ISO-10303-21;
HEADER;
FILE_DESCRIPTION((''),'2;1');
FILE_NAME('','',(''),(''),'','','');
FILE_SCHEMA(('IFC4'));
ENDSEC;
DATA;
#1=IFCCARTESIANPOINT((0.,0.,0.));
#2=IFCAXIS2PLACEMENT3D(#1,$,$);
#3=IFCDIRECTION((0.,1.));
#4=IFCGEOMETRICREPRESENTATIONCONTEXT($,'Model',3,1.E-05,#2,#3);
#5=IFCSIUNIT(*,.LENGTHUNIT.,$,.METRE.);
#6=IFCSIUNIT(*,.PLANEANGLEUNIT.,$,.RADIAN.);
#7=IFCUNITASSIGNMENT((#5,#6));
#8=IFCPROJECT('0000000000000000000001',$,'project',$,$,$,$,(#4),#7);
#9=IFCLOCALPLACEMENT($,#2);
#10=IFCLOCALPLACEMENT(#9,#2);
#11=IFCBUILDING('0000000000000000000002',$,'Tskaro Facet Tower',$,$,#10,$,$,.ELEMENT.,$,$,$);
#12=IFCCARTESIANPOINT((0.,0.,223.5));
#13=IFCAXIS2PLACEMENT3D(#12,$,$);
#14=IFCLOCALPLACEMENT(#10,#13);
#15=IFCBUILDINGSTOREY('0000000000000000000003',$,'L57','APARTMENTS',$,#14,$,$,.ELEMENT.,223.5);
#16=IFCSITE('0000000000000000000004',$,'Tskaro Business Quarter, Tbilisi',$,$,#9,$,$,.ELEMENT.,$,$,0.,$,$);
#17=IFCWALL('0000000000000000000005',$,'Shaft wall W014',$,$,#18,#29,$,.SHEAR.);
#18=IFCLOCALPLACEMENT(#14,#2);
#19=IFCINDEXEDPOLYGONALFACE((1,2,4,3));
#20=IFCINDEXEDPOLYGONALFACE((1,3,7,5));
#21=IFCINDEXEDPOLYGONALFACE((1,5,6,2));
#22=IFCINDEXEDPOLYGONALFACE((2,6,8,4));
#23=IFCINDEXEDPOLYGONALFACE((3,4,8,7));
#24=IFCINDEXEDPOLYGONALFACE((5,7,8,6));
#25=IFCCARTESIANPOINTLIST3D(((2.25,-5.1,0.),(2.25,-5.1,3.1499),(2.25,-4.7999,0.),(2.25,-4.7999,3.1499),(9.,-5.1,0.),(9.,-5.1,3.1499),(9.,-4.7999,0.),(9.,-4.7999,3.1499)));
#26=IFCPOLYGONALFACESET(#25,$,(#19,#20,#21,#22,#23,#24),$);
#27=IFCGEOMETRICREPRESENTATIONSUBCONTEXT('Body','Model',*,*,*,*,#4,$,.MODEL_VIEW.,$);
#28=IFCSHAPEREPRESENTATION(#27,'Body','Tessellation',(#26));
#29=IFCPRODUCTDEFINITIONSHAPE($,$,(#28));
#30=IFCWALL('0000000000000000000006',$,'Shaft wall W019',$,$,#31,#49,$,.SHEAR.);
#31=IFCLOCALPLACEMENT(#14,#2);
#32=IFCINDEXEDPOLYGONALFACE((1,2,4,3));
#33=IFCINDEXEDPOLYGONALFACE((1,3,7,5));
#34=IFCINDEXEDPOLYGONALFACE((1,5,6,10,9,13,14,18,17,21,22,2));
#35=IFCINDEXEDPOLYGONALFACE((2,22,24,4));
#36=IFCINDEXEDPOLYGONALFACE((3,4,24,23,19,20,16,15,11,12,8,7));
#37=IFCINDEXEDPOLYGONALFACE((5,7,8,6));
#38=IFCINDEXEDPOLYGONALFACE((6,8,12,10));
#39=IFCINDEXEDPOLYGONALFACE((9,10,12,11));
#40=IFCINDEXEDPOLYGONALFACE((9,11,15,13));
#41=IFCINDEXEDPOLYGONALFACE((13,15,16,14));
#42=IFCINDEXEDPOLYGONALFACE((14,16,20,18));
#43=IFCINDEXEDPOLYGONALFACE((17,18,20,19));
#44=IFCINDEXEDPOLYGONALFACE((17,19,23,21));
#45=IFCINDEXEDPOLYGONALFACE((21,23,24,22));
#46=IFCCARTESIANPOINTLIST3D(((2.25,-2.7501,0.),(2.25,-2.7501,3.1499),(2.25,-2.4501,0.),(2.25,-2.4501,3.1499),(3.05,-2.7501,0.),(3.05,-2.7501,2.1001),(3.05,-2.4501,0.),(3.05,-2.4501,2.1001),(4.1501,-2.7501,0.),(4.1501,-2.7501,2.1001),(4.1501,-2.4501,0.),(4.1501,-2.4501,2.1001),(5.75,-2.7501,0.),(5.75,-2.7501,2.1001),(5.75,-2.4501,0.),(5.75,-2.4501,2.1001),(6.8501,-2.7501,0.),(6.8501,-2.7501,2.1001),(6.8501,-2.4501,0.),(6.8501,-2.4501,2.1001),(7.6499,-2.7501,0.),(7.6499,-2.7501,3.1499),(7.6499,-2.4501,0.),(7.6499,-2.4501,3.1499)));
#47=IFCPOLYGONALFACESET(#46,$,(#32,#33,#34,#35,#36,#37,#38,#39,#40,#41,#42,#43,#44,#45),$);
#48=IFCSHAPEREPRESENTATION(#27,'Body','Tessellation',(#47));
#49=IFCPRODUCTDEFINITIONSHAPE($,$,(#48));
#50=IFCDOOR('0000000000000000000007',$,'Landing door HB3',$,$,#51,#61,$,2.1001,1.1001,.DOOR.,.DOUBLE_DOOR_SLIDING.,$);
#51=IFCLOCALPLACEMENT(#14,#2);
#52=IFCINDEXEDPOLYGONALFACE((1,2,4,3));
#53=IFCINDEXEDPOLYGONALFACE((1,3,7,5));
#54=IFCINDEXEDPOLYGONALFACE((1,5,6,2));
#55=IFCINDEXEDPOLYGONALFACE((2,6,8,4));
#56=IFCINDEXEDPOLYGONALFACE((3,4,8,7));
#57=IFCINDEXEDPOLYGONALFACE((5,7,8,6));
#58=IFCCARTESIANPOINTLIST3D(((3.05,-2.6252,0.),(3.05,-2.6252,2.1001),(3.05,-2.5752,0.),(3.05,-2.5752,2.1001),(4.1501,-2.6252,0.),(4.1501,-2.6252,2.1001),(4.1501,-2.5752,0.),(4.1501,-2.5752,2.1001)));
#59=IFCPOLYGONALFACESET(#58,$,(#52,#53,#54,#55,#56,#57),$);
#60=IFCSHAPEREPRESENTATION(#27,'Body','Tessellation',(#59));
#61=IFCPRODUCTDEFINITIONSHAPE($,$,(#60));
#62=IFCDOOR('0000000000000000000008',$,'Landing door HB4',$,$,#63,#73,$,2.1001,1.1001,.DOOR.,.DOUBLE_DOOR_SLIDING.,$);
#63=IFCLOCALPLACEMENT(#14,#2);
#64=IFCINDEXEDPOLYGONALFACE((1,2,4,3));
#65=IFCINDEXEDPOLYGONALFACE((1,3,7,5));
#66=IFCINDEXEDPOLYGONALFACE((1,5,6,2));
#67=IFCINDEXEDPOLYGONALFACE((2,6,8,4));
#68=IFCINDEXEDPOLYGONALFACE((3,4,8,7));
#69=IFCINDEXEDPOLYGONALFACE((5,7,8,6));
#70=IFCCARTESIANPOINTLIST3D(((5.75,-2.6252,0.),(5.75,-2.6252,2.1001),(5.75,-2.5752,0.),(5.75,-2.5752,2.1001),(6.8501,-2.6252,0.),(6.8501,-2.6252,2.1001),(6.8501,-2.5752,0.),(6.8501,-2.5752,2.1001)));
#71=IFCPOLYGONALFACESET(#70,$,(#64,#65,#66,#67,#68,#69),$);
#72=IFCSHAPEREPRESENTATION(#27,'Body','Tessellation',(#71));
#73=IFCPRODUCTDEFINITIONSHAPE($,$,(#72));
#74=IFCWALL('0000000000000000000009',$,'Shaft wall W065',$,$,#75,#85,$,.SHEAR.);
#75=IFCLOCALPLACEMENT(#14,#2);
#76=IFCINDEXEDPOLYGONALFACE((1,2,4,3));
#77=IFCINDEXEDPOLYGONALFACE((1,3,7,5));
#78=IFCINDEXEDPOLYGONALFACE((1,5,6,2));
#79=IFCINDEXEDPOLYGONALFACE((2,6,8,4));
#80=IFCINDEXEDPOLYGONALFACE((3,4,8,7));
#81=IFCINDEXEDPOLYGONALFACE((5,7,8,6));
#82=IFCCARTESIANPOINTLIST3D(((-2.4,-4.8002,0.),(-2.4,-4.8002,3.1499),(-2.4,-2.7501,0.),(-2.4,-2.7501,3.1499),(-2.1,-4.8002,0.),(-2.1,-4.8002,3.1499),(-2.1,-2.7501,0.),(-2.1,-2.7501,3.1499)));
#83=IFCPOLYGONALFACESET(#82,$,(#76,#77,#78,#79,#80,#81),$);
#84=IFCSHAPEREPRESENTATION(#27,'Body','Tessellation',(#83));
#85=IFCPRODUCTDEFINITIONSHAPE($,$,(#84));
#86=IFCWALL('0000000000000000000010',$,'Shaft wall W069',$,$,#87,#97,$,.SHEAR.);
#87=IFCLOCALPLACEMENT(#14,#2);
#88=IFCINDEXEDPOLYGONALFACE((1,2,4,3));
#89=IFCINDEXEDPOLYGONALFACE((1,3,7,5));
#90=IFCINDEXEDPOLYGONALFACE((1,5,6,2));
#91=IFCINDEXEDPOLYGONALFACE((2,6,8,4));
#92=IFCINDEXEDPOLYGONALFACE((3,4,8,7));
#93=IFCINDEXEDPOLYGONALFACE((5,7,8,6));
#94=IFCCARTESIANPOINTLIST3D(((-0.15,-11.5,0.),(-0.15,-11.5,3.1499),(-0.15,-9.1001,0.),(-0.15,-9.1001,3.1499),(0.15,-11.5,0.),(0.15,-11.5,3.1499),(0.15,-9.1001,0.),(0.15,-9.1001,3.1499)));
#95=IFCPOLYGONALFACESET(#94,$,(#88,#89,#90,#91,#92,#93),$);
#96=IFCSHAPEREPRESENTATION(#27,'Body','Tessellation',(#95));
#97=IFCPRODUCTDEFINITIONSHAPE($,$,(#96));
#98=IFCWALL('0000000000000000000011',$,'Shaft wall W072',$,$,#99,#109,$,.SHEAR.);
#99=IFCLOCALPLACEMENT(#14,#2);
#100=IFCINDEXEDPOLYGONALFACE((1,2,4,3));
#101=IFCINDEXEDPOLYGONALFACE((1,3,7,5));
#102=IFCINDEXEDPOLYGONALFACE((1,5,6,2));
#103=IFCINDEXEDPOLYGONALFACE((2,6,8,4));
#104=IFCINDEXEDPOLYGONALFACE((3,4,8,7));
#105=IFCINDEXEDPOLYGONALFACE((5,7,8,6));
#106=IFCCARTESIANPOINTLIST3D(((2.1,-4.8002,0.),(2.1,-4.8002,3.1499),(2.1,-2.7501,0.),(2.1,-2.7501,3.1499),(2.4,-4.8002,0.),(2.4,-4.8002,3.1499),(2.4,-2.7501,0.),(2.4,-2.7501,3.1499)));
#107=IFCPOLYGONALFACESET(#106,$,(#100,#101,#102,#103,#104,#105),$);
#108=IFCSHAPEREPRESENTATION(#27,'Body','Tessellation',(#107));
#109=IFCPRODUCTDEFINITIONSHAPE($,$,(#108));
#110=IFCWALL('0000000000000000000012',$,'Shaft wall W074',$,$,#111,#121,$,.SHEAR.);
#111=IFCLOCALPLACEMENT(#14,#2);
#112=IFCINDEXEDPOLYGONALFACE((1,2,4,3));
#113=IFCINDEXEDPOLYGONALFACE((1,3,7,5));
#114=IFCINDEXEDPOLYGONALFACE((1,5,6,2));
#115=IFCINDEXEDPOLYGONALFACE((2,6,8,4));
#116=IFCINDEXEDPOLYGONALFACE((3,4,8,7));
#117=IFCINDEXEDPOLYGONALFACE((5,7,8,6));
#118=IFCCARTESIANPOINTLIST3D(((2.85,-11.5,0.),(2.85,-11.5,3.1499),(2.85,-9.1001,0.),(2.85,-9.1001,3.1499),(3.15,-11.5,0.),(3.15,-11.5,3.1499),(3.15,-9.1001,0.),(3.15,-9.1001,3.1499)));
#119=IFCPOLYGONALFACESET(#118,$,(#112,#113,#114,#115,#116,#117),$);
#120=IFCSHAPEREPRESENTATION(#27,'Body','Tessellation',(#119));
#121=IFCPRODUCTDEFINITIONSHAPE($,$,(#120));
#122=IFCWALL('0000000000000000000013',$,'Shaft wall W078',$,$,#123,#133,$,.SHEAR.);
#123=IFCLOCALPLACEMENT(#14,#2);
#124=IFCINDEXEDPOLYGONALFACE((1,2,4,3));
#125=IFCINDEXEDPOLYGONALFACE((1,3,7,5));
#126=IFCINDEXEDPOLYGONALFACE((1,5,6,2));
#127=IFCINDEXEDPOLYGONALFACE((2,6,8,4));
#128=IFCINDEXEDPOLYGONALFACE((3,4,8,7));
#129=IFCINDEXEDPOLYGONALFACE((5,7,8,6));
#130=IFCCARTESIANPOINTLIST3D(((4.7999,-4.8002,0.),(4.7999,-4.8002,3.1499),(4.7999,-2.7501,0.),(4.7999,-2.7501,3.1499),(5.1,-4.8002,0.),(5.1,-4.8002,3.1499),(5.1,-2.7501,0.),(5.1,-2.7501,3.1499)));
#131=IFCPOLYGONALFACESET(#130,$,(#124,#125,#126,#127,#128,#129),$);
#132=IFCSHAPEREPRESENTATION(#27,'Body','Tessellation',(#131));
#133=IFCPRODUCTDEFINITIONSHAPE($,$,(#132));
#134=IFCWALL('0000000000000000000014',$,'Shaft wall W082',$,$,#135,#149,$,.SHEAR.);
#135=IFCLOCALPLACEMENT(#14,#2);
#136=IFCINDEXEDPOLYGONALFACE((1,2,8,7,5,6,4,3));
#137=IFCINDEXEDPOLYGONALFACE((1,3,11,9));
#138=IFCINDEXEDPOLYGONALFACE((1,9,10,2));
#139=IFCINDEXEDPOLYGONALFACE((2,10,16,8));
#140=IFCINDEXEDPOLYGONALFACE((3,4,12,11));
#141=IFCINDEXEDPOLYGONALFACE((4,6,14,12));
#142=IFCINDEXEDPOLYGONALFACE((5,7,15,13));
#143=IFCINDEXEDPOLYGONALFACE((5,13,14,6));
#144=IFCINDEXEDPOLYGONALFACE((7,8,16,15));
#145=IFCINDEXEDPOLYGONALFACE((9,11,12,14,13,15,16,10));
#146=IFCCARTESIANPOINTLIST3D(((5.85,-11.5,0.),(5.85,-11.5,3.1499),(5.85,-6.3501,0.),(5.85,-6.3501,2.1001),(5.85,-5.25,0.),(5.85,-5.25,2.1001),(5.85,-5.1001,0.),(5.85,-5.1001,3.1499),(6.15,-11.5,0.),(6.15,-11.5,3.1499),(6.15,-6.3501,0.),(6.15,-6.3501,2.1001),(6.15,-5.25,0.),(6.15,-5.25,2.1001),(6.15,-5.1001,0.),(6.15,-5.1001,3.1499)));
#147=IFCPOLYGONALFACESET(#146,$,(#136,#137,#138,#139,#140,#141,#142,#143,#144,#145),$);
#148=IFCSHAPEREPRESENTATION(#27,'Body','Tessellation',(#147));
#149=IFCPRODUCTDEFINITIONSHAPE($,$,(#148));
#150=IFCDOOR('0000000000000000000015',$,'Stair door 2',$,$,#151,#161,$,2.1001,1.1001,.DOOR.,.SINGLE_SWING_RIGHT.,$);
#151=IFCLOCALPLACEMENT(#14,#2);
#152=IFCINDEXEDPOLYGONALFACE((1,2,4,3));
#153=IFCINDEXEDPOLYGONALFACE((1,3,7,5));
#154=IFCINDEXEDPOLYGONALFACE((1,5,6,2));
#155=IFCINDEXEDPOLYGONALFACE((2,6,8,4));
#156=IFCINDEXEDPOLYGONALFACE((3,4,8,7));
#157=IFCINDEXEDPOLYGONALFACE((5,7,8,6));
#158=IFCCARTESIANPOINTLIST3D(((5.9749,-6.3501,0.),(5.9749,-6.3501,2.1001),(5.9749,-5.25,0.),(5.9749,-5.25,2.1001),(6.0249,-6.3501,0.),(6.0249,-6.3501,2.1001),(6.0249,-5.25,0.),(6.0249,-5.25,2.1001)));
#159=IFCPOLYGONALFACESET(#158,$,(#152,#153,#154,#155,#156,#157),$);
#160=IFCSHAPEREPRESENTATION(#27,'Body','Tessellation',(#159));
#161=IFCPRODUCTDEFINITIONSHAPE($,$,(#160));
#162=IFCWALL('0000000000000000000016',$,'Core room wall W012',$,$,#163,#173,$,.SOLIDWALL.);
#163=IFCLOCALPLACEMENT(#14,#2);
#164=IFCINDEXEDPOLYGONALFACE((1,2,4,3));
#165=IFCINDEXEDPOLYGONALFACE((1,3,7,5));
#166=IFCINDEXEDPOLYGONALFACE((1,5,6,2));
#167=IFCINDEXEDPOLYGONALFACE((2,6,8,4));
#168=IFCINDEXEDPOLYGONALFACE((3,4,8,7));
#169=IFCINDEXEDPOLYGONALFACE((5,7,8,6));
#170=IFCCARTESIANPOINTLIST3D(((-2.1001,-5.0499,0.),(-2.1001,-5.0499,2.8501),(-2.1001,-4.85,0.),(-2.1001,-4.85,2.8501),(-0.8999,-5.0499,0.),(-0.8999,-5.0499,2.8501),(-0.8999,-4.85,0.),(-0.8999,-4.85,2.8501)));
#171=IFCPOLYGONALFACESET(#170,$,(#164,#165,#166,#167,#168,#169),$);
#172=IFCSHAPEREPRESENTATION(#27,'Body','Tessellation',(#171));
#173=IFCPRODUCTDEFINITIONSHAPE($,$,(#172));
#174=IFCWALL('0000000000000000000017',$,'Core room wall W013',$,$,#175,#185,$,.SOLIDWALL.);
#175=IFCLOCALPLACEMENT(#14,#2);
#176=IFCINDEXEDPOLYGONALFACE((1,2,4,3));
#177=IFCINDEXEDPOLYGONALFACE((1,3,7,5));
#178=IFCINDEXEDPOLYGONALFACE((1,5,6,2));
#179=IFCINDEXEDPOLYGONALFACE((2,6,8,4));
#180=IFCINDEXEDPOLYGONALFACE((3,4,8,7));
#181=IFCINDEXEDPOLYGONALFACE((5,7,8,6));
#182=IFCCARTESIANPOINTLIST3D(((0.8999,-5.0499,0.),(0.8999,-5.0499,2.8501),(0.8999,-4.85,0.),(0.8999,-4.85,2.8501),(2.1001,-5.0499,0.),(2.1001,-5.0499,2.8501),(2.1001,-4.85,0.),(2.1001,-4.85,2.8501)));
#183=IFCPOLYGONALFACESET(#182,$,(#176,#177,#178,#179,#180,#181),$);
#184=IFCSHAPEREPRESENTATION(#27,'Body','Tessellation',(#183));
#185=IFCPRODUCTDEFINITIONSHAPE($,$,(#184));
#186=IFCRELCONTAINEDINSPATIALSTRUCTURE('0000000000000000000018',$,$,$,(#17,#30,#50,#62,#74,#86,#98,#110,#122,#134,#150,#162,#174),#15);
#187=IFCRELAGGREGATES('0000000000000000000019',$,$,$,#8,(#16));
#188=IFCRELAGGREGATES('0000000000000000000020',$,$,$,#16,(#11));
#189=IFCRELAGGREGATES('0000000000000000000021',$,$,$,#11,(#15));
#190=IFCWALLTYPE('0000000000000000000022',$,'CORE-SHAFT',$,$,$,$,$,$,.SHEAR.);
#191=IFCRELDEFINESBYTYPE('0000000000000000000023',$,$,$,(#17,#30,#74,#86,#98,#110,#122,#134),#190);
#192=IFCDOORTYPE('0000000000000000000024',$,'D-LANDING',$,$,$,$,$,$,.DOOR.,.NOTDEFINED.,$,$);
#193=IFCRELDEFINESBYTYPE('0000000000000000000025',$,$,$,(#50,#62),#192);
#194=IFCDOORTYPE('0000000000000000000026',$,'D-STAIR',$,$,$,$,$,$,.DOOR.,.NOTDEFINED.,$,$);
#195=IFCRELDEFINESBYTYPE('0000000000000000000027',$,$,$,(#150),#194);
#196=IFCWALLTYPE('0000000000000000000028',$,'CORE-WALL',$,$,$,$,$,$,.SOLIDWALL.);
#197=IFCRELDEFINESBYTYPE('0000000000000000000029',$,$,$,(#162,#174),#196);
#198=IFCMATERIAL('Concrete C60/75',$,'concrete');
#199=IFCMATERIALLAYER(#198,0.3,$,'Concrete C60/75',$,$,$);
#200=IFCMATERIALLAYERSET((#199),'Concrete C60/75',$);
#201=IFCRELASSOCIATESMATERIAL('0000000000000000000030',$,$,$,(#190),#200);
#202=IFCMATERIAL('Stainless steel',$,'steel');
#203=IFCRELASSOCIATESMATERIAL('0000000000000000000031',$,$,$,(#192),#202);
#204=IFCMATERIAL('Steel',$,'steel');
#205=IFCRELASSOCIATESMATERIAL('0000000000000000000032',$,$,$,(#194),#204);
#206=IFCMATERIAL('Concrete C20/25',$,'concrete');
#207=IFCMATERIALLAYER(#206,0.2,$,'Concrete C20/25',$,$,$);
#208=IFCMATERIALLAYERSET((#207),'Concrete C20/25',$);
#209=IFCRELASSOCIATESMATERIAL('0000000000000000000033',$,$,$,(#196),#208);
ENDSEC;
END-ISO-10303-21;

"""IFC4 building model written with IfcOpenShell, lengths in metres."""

from ifc_helpers import new_model, si_unit, direction, frame, frame_2d, origin, place, context, subcontext, project, spatial, rectangle, extrude, material, layer, layer_set, type_object, element, fill, save


model = new_model("IFC4")

# Units and contexts
model_context = context("Model", 3, precision=1e-05, world=origin(), true_north=direction((0.0, 1.0)))
body_context = subcontext(model_context, "Body", "Model", "MODEL_VIEW")
ifc_project = project(units=[si_unit("LENGTHUNIT", "METRE"), si_unit("PLANEANGLEUNIT", "RADIAN")], contexts=[model_context])

# Site, building, storey
site_placement = place(None, origin())
site = spatial("IfcSite", under=ifc_project, at=site_placement, Name="Tskaro Business Quarter, Tbilisi", CompositionType="ELEMENT", RefElevation=0.0)
building_placement = place(site_placement, origin())
building = spatial("IfcBuilding", under=site, at=building_placement, Name="Tskaro Facet Tower", CompositionType="ELEMENT")
storey_placement = place(building_placement, frame((0.0, 0.0, 223.5)))
storey = spatial("IfcBuildingStorey", under=building, at=storey_placement, Name="L57", Description="APARTMENTS", CompositionType="ELEMENT", Elevation=223.5)

# Wall
ifc_material_1 = material(Name="Concrete C60/75", Category="concrete")
ifc_layer_1 = layer(ifc_material_1, 0.3, Name="Concrete C60/75")
ifc_layer_set_1 = layer_set([ifc_layer_1], Name="Concrete C60/75")
wall_type_1 = type_object("IfcWallType", Name="CORE-SHAFT", PredefinedType="SHEAR", material=ifc_layer_set_1)
wall_1_placement = place(storey_placement, frame((2.25, -4.95, 0.0), z_axis=(0.0, 0.0, 1.0), x_axis=(1.0, 0.0, 0.0)))
element("IfcWall", 1, at=wall_1_placement, inside=storey, type_object=wall_type_1, Name="Shaft wall W014", PredefinedType="SHEAR", context=body_context, shape_type="SweptSolid", body=[
    extrude(rectangle(XDim=6.75, YDim=0.3, at=frame_2d((3.375, 0.0))), origin(), (0.0, 0.0, 1.0), 3.1499),
])

# Wall, openings, doors
wall_2_placement = place(storey_placement, frame((2.25, -2.6001, 0.0), z_axis=(0.0, 0.0, 1.0), x_axis=(1.0, 0.0, 0.0)))
wall_2 = element("IfcWall", 2, at=wall_2_placement, inside=storey, type_object=wall_type_1, Name="Shaft wall W019", PredefinedType="SHEAR", context=body_context, shape_type="SweptSolid", body=[
    extrude(rectangle(XDim=5.3999, YDim=0.3, at=frame_2d((2.7, 0.0))), origin(), (0.0, 0.0, 1.0), 3.1499),
])
opening_1_placement = place(wall_2_placement, frame((0.8, 0.0, 0.0)))
opening_1 = element("IfcOpeningElement", 3, at=opening_1_placement, cuts=wall_2, PredefinedType="OPENING", context=body_context, shape_type="SweptSolid", body=[
    extrude(rectangle(XDim=1.1001, YDim=2.1001, at=frame_2d((0.55, 1.05))), frame((0.0, 0.1599, 0.0), z_axis=(0.0, -1.0, 0.0), x_axis=(1.0, 0.0, 0.0)), (0.0, 0.0, 1.0), 0.3201),
])
opening_2_placement = place(wall_2_placement, frame((3.5, 0.0, 0.0)))
opening_2 = element("IfcOpeningElement", 4, at=opening_2_placement, cuts=wall_2, PredefinedType="OPENING", context=body_context, shape_type="SweptSolid", body=[
    extrude(rectangle(XDim=1.1001, YDim=2.1001, at=frame_2d((0.55, 1.05))), frame((0.0, 0.1599, 0.0), z_axis=(0.0, -1.0, 0.0), x_axis=(1.0, 0.0, 0.0)), (0.0, 0.0, 1.0), 0.3201),
])
ifc_material_2 = material(Name="Stainless steel", Category="steel")
door_type_1 = type_object("IfcDoorType", Name="D-LANDING", OperationType="NOTDEFINED", PredefinedType="DOOR", material=ifc_material_2)
door_1_placement = place(opening_1_placement, origin())
door_1 = element("IfcDoor", 5, at=door_1_placement, inside=storey, type_object=door_type_1, Name="Landing door HB3", OperationType="DOUBLE_DOOR_SLIDING", OverallHeight=2.1001, OverallWidth=1.1001, PredefinedType="DOOR", context=body_context, shape_type="SweptSolid", body=[
    extrude(rectangle(XDim=1.1001, YDim=2.1001, at=frame_2d((0.55, 1.05))), frame((0.0, 0.0249, 0.0), z_axis=(0.0, -1.0, 0.0), x_axis=(1.0, 0.0, 0.0)), (0.0, 0.0, 1.0), 0.05),
])
fill(opening_1, door_1)
door_2_placement = place(opening_2_placement, origin())
door_2 = element("IfcDoor", 6, at=door_2_placement, inside=storey, type_object=door_type_1, Name="Landing door HB4", OperationType="DOUBLE_DOOR_SLIDING", OverallHeight=2.1001, OverallWidth=1.1001, PredefinedType="DOOR", context=body_context, shape_type="SweptSolid", body=[
    extrude(rectangle(XDim=1.1001, YDim=2.1001, at=frame_2d((0.55, 1.05))), frame((0.0, 0.0249, 0.0), z_axis=(0.0, -1.0, 0.0), x_axis=(1.0, 0.0, 0.0)), (0.0, 0.0, 1.0), 0.05),
])
fill(opening_2, door_2)

# Walls
wall_3_placement = place(storey_placement, frame((-2.25, -4.8, 0.0), z_axis=(0.0, 0.0, 1.0), x_axis=(0.0, 1.0, 0.0)))
element("IfcWall", 7, at=wall_3_placement, inside=storey, type_object=wall_type_1, Name="Shaft wall W065", PredefinedType="SHEAR", context=body_context, shape_type="SweptSolid", body=[
    extrude(rectangle(XDim=2.05, YDim=0.3, at=frame_2d((1.0249, 0.0))), origin(), (0.0, 0.0, 1.0), 3.1499),
])
wall_4_placement = place(storey_placement, frame((0.0, -11.5, 0.0), z_axis=(0.0, 0.0, 1.0), x_axis=(0.0, 1.0, 0.0)))
element("IfcWall", 8, at=wall_4_placement, inside=storey, type_object=wall_type_1, Name="Shaft wall W069", PredefinedType="SHEAR", context=body_context, shape_type="SweptSolid", body=[
    extrude(rectangle(XDim=2.3999, YDim=0.3, at=frame_2d((1.2, 0.0))), origin(), (0.0, 0.0, 1.0), 3.1499),
])
wall_5_placement = place(storey_placement, frame((2.25, -4.8, 0.0), z_axis=(0.0, 0.0, 1.0), x_axis=(0.0, 1.0, 0.0)))
element("IfcWall", 9, at=wall_5_placement, inside=storey, type_object=wall_type_1, Name="Shaft wall W072", PredefinedType="SHEAR", context=body_context, shape_type="SweptSolid", body=[
    extrude(rectangle(XDim=2.05, YDim=0.3, at=frame_2d((1.0249, 0.0))), origin(), (0.0, 0.0, 1.0), 3.1499),
])
wall_6_placement = place(storey_placement, frame((3.0, -11.5, 0.0), z_axis=(0.0, 0.0, 1.0), x_axis=(0.0, 1.0, 0.0)))
element("IfcWall", 10, at=wall_6_placement, inside=storey, type_object=wall_type_1, Name="Shaft wall W074", PredefinedType="SHEAR", context=body_context, shape_type="SweptSolid", body=[
    extrude(rectangle(XDim=2.3999, YDim=0.3, at=frame_2d((1.2, 0.0))), origin(), (0.0, 0.0, 1.0), 3.1499),
])
wall_7_placement = place(storey_placement, frame((4.95, -4.8, 0.0), z_axis=(0.0, 0.0, 1.0), x_axis=(0.0, 1.0, 0.0)))
element("IfcWall", 11, at=wall_7_placement, inside=storey, type_object=wall_type_1, Name="Shaft wall W078", PredefinedType="SHEAR", context=body_context, shape_type="SweptSolid", body=[
    extrude(rectangle(XDim=2.05, YDim=0.3, at=frame_2d((1.0249, 0.0))), origin(), (0.0, 0.0, 1.0), 3.1499),
])

# Wall, opening, door
wall_8_placement = place(storey_placement, frame((6.0, -5.1001, 0.0), z_axis=(0.0, 0.0, 1.0), x_axis=(0.0, -1.0, 0.0)))
wall_8 = element("IfcWall", 12, at=wall_8_placement, inside=storey, type_object=wall_type_1, Name="Shaft wall W082", PredefinedType="SHEAR", context=body_context, shape_type="SweptSolid", body=[
    extrude(rectangle(XDim=6.3999, YDim=0.3, at=frame_2d((3.2, 0.0))), origin(), (0.0, 0.0, 1.0), 3.1499),
])
opening_3_placement = place(wall_8_placement, frame((0.1499, 0.0, 0.0)))
opening_3 = element("IfcOpeningElement", 13, at=opening_3_placement, cuts=wall_8, PredefinedType="OPENING", context=body_context, shape_type="SweptSolid", body=[
    extrude(rectangle(XDim=1.1001, YDim=2.1001, at=frame_2d((0.55, 1.05))), frame((0.0, 0.1599, 0.0), z_axis=(0.0, -1.0, 0.0), x_axis=(1.0, 0.0, 0.0)), (0.0, 0.0, 1.0), 0.3201),
])
ifc_material_3 = material(Name="Steel", Category="steel")
door_type_2 = type_object("IfcDoorType", Name="D-STAIR", OperationType="NOTDEFINED", PredefinedType="DOOR", material=ifc_material_3)
door_3_placement = place(opening_3_placement, origin())
door_3 = element("IfcDoor", 14, at=door_3_placement, inside=storey, type_object=door_type_2, Name="Stair door 2", OperationType="SINGLE_SWING_RIGHT", OverallHeight=2.1001, OverallWidth=1.1001, PredefinedType="DOOR", context=body_context, shape_type="SweptSolid", body=[
    extrude(rectangle(XDim=1.1001, YDim=2.1001, at=frame_2d((0.55, 1.05))), frame((0.0, 0.0249, 0.0), z_axis=(0.0, -1.0, 0.0), x_axis=(1.0, 0.0, 0.0)), (0.0, 0.0, 1.0), 0.05),
])
fill(opening_3, door_3)

# Walls
ifc_material_4 = material(Name="Concrete C20/25", Category="concrete")
ifc_layer_2 = layer(ifc_material_4, 0.2, Name="Concrete C20/25")
ifc_layer_set_2 = layer_set([ifc_layer_2], Name="Concrete C20/25")
wall_type_2 = type_object("IfcWallType", Name="CORE-WALL", PredefinedType="SOLIDWALL", material=ifc_layer_set_2)
for number, where, z_axis, x_axis, name in (
    (15, (-2.1001, -4.95, 0.0), (0.0, 0.0, 1.0), (1.0, 0.0, 0.0), "Core room wall W012"),
    (16, (0.8999, -4.95, 0.0), (0.0, 0.0, 1.0), (1.0, 0.0, 0.0), "Core room wall W013"),
):
    element("IfcWall", number, at=place(storey_placement, frame(where, z_axis=z_axis, x_axis=x_axis)), inside=storey, type_object=wall_type_2, Name=name, PredefinedType="SOLIDWALL", context=body_context, shape_type="SweptSolid", body=[
        extrude(rectangle(XDim=1.2002, YDim=0.2, at=frame_2d((0.6001, 0.0))), origin(), (0.0, 0.0, 1.0), 2.8501),
    ])

save(model, "model.ifc")
